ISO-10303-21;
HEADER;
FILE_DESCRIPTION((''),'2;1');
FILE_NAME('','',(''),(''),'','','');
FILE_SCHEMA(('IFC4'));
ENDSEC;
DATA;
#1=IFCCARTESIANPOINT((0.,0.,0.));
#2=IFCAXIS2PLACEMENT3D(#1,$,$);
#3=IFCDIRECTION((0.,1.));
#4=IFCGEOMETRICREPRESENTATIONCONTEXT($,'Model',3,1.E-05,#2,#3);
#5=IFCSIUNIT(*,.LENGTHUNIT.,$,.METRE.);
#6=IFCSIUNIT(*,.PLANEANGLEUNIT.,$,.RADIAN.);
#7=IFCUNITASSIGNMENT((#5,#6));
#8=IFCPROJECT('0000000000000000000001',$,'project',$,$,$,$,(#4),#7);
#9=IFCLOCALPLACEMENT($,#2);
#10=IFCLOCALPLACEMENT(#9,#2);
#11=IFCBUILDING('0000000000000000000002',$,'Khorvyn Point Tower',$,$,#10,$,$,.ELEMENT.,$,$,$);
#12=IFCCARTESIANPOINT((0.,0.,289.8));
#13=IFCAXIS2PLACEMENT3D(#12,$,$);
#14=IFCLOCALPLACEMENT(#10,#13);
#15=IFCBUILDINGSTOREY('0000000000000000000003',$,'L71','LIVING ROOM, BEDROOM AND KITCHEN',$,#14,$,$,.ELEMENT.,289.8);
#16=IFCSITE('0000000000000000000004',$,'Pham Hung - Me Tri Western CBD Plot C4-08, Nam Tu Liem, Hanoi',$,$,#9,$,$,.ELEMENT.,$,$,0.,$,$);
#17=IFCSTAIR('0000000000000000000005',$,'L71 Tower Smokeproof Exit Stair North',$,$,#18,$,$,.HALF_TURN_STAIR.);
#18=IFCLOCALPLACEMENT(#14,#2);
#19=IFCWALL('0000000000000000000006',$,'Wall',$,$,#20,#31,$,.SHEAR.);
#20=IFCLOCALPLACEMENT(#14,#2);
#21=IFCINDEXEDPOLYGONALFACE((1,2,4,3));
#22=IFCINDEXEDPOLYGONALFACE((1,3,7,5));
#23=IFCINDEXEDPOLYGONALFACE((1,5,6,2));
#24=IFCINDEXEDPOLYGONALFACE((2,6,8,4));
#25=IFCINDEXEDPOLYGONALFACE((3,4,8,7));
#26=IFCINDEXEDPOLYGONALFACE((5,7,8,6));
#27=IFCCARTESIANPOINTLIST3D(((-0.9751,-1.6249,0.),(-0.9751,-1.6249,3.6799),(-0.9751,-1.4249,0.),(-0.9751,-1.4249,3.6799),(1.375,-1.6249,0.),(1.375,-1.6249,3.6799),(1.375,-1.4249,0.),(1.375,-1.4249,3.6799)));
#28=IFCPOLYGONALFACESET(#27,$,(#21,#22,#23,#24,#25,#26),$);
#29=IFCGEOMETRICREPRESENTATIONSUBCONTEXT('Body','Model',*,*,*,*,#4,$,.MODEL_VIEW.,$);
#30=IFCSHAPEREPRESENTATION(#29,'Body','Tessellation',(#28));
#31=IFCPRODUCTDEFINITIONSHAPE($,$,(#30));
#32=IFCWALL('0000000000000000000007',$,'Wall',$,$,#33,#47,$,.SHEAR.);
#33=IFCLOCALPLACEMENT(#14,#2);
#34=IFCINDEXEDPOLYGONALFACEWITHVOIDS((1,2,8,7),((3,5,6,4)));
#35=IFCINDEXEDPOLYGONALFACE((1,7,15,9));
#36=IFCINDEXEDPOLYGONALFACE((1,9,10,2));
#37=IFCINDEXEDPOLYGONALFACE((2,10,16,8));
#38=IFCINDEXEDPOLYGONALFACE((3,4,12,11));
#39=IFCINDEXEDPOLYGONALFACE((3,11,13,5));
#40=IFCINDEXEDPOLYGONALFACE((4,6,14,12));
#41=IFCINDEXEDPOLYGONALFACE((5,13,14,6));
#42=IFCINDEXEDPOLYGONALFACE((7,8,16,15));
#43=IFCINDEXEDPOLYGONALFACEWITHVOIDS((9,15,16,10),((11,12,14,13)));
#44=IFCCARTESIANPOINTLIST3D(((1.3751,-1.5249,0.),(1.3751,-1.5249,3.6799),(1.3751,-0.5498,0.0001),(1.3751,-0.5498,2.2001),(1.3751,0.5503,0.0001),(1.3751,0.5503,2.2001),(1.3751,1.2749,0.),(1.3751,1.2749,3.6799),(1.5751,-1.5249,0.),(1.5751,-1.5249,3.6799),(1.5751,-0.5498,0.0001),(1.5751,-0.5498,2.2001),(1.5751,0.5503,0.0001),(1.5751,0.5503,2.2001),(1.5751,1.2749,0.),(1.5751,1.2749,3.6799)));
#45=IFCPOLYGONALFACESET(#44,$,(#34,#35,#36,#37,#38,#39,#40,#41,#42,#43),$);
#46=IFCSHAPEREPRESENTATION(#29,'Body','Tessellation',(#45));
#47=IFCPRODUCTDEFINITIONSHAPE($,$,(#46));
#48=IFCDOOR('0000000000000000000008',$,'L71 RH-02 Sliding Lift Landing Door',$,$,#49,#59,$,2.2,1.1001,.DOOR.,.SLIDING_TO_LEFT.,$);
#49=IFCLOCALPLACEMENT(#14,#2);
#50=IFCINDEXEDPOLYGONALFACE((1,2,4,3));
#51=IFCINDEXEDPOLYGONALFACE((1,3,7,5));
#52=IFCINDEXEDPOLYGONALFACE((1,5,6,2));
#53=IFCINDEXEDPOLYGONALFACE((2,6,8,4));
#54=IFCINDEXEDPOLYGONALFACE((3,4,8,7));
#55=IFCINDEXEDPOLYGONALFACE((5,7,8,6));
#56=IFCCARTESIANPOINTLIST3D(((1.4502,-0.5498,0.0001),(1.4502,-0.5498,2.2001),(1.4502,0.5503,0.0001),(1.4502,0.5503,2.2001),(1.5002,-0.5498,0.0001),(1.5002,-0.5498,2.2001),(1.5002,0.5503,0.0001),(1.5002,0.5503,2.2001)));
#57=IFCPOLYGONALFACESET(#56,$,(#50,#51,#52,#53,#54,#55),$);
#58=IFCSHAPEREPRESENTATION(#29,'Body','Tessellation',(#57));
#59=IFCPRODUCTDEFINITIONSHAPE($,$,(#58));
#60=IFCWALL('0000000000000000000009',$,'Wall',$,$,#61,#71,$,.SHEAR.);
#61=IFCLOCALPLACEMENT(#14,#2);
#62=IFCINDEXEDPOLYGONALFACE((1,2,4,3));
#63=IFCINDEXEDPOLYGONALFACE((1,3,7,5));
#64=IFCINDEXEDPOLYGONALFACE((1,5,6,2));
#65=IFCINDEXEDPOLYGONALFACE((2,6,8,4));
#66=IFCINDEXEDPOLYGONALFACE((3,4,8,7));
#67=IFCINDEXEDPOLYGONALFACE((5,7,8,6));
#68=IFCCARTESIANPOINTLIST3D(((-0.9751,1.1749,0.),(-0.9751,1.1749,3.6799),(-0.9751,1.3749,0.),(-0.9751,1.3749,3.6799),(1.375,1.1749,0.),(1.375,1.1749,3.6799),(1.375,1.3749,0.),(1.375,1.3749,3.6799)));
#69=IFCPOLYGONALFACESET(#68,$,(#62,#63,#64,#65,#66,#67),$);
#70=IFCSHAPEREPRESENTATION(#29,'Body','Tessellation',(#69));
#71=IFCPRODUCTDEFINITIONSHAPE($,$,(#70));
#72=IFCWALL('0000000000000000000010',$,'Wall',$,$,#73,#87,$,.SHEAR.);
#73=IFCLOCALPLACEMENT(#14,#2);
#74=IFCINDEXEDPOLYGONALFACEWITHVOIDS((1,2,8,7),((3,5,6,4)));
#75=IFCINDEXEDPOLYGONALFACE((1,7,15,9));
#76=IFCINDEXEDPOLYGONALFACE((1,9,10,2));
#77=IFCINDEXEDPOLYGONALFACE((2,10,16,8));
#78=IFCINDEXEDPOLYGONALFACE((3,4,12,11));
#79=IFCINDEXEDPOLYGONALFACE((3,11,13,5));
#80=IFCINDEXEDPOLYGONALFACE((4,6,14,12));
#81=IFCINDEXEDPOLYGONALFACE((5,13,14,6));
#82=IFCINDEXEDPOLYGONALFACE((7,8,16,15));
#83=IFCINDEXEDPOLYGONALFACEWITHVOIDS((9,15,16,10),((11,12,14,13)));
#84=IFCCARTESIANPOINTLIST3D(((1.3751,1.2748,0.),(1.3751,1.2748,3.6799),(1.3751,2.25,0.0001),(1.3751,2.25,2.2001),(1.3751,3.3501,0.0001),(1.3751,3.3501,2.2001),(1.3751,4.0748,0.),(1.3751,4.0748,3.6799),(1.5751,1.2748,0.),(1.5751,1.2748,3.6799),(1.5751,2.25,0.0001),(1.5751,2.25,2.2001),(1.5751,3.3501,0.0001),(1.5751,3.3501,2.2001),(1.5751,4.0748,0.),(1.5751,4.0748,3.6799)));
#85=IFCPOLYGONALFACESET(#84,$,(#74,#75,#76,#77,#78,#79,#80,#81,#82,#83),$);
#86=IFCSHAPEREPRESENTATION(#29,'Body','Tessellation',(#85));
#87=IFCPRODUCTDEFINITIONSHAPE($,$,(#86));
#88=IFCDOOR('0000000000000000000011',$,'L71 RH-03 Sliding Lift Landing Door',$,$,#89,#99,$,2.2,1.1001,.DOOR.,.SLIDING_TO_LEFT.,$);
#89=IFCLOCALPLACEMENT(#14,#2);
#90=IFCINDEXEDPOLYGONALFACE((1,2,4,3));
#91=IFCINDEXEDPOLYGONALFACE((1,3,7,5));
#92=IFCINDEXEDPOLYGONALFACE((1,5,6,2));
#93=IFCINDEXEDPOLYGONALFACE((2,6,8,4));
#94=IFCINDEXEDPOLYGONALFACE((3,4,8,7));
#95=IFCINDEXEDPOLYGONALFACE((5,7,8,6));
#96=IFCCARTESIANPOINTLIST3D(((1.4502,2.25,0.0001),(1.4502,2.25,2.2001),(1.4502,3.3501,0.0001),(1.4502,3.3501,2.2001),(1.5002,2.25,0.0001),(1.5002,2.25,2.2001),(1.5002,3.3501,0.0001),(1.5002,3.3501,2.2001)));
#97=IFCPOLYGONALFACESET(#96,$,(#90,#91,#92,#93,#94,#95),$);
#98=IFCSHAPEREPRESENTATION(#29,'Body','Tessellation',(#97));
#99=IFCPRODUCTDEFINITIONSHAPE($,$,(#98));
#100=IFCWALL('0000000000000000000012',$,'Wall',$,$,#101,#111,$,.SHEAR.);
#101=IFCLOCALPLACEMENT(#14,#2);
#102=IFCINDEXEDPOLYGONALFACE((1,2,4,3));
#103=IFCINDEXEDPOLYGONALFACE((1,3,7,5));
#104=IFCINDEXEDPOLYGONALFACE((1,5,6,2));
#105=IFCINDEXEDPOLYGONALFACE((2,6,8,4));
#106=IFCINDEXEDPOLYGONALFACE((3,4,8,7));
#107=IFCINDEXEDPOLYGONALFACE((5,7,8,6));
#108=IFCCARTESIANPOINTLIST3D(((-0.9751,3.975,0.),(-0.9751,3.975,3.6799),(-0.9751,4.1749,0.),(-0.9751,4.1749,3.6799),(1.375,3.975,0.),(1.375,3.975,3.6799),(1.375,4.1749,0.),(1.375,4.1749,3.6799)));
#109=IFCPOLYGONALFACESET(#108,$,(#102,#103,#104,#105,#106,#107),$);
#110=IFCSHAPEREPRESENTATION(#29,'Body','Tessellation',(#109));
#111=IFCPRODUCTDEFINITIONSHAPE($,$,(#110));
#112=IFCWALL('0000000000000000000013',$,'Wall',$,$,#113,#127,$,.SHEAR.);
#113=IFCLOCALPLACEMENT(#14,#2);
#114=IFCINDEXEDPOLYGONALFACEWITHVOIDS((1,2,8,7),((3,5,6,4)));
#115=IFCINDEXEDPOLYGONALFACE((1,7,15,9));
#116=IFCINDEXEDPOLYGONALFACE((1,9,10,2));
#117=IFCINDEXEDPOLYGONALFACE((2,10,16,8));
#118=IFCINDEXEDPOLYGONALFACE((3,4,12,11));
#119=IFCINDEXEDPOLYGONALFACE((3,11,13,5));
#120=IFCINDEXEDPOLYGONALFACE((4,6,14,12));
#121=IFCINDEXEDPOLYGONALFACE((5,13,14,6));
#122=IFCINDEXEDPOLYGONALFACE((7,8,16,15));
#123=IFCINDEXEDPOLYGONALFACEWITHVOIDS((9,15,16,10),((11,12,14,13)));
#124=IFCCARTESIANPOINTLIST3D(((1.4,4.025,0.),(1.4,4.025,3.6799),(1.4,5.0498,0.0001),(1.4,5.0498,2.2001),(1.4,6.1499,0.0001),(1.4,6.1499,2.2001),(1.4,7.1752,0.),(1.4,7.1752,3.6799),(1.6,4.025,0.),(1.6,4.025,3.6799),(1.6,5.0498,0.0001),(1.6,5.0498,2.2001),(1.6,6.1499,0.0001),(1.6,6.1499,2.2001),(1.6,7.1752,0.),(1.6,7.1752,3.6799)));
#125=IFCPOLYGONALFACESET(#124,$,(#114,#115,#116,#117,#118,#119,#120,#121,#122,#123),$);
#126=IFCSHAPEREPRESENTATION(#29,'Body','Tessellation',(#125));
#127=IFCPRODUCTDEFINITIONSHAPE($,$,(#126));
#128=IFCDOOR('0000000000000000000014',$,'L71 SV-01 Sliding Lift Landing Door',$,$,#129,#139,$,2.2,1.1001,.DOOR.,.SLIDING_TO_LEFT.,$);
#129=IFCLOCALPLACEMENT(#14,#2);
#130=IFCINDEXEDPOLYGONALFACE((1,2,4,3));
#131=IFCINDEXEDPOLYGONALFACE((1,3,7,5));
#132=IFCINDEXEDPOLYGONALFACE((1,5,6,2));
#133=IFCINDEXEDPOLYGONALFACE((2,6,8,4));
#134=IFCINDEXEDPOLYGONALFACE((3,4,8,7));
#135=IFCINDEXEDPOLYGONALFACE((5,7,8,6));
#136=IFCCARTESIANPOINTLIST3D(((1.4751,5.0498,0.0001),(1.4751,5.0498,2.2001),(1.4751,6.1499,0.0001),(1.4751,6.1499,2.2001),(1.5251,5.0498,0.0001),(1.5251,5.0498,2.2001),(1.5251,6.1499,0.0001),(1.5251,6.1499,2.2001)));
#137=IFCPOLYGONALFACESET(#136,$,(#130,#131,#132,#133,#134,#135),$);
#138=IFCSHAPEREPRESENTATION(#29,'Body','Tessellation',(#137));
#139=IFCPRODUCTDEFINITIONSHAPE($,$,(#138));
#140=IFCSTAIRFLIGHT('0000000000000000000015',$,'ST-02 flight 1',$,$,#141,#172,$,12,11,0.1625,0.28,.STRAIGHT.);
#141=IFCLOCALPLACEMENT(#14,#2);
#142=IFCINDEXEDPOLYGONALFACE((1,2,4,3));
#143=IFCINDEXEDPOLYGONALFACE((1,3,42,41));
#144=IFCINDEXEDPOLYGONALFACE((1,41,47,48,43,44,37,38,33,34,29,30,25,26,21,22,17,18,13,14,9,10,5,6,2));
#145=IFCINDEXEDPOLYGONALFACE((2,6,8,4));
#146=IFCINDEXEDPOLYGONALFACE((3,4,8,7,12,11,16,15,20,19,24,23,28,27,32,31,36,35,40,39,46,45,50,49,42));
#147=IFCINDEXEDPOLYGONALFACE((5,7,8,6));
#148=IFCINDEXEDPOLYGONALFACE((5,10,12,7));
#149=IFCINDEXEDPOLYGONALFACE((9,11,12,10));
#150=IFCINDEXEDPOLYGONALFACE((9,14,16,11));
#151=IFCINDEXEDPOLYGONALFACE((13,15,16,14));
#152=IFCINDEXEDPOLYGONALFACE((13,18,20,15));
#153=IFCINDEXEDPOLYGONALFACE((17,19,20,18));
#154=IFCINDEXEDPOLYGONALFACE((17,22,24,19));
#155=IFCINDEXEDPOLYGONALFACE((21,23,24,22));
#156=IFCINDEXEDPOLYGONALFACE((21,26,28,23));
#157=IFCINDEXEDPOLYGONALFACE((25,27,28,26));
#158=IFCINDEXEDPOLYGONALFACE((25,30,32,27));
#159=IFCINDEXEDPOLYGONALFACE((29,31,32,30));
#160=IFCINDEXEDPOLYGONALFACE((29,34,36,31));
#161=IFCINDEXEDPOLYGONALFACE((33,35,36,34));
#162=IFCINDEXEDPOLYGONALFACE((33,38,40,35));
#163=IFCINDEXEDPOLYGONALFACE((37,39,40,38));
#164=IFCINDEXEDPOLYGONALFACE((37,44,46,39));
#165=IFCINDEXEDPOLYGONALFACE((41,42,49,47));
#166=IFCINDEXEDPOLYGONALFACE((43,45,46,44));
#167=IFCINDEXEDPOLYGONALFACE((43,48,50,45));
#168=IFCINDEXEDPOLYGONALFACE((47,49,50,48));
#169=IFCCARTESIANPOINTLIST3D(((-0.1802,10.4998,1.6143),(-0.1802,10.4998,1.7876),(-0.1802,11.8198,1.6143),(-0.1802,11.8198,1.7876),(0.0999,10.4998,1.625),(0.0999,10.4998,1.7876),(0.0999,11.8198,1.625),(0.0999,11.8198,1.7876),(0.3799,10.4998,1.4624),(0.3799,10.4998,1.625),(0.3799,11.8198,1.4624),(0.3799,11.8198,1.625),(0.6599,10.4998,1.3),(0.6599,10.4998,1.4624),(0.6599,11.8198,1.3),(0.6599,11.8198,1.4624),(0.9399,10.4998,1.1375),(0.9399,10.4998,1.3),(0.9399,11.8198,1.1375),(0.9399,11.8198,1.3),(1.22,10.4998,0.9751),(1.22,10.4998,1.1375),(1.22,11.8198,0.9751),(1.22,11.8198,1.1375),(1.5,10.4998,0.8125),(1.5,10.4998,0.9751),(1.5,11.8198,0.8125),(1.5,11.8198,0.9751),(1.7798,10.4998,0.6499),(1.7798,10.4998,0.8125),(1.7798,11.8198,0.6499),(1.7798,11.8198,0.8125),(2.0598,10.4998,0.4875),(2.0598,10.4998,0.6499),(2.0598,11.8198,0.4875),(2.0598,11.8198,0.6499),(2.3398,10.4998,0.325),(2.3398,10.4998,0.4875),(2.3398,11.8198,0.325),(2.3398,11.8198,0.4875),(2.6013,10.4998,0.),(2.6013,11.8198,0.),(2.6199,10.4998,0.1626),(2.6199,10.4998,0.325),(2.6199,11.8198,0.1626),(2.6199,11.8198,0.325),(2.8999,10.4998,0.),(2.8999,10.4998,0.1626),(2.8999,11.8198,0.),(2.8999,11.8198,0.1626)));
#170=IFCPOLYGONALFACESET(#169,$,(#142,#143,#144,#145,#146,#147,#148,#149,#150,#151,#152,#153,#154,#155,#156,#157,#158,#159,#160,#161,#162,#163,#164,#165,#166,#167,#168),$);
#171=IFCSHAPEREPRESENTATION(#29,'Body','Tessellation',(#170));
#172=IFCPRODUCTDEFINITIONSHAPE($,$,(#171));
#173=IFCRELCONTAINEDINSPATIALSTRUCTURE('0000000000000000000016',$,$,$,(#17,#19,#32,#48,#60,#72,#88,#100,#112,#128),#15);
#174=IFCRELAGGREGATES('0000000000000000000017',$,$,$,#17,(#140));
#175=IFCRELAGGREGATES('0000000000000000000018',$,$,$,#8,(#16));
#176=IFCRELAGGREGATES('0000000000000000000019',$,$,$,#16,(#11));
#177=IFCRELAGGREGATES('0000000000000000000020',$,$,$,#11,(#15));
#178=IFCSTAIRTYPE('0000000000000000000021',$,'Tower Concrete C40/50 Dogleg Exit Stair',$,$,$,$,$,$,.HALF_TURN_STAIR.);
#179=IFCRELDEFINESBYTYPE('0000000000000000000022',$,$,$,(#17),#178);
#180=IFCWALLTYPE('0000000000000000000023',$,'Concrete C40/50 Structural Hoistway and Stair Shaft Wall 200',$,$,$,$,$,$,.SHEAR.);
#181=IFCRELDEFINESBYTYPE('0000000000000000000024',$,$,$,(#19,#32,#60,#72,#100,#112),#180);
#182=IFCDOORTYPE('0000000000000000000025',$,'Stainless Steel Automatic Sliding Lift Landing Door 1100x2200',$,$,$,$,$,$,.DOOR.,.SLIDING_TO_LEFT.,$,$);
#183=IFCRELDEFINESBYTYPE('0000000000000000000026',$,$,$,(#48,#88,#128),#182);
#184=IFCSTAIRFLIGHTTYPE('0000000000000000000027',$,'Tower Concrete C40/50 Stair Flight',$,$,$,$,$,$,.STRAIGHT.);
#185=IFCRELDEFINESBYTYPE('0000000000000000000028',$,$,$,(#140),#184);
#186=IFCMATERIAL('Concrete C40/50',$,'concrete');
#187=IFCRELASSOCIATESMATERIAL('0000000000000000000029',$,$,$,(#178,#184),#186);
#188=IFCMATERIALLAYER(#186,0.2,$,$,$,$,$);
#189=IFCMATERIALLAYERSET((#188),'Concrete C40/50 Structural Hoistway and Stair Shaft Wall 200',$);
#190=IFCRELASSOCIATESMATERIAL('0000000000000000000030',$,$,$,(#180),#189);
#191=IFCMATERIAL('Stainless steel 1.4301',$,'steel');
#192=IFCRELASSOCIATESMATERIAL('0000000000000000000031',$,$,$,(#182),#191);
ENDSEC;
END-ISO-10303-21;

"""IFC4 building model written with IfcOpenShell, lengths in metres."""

from ifc_helpers import new_model, si_unit, direction, frame, frame_2d, origin, place, context, subcontext, project, spatial, polyline, rectangle, outline, extrude, material, layer, layer_set, type_object, element, fill, aggregate, save


model = new_model("IFC4")

# Units and contexts
model_context = context("Model", 3, precision=1e-05, world=origin(), true_north=direction((0.0, 1.0)))
body_context = subcontext(model_context, "Body", "Model", "MODEL_VIEW")
ifc_project = project(units=[si_unit("LENGTHUNIT", "METRE"), si_unit("PLANEANGLEUNIT", "RADIAN")], contexts=[model_context])

# Site, building, storey
site_placement = place(None, origin())
site = spatial("IfcSite", under=ifc_project, at=site_placement, Name="Pham Hung - Me Tri Western CBD Plot C4-08, Nam Tu Liem, Hanoi", CompositionType="ELEMENT", RefElevation=0.0)
building_placement = place(site_placement, origin())
building = spatial("IfcBuilding", under=site, at=building_placement, Name="Khorvyn Point Tower", CompositionType="ELEMENT")
storey_placement = place(building_placement, frame((0.0, 0.0, 289.8)))
storey = spatial("IfcBuildingStorey", under=building, at=storey_placement, Name="L71", Description="LIVING ROOM, BEDROOM AND KITCHEN", CompositionType="ELEMENT", Elevation=289.8)

# Shared definitions
ifc_material_1 = material(Name="Concrete C40/50", Category="concrete")

# Stair
stair_type = type_object("IfcStairType", Name="Tower Concrete C40/50 Dogleg Exit Stair", PredefinedType="HALF_TURN_STAIR", material=ifc_material_1)
stair_1_placement = place(storey_placement, origin())
stair_1 = element("IfcStair", 1, at=stair_1_placement, inside=storey, type_object=stair_type, Name="L71 Tower Smokeproof Exit Stair North", PredefinedType="HALF_TURN_STAIR")

# Wall
ifc_layer_1 = layer(ifc_material_1, 0.2)
ifc_layer_set_1 = layer_set([ifc_layer_1], Name="Concrete C40/50 Structural Hoistway and Stair Shaft Wall 200")
wall_type_1 = type_object("IfcWallType", Name="Concrete C40/50 Structural Hoistway and Stair Shaft Wall 200", PredefinedType="SHEAR", material=ifc_layer_set_1)
wall_1_placement = place(storey_placement, frame((-0.9751, -1.5249, 0.0), z_axis=(0.0, 0.0, 1.0), x_axis=(1.0, 0.0, 0.0)))
element("IfcWall", 2, at=wall_1_placement, inside=storey, type_object=wall_type_1, Name="Wall", PredefinedType="SHEAR", context=body_context, shape_type="SweptSolid", body=[
    extrude(rectangle(XDim=2.3501, YDim=0.2, at=frame_2d((1.175, 0.0))), origin(), (0.0, 0.0, 1.0), 3.6799),
])

# Wall, opening, door
wall_2_placement = place(storey_placement, frame((1.4751, -1.5249, 0.0), z_axis=(0.0, 0.0, 1.0), x_axis=(0.0, 1.0, 0.0)))
wall_2 = element("IfcWall", 3, at=wall_2_placement, inside=storey, type_object=wall_type_1, Name="Wall", PredefinedType="SHEAR", context=body_context, shape_type="SweptSolid", body=[
    extrude(rectangle(XDim=2.7998, YDim=0.2, at=frame_2d((1.3999, 0.0))), origin(), (0.0, 0.0, 1.0), 3.6799),
])
opening_1_placement = place(wall_2_placement, frame((0.9751, 0.0, 0.0)))
opening_1 = element("IfcOpeningElement", 4, at=opening_1_placement, cuts=wall_2, PredefinedType="OPENING", context=body_context, shape_type="SweptSolid", body=[
    extrude(rectangle(XDim=1.1001, YDim=2.2, at=frame_2d((0.55, 1.1001))), frame((0.0, 0.1099, 0.0), z_axis=(0.0, -1.0, 0.0), x_axis=(1.0, 0.0, 0.0)), (0.0, 0.0, 1.0), 0.22),
])
ifc_material_2 = material(Name="Stainless steel 1.4301", Category="steel")
door_type = type_object("IfcDoorType", Name="Stainless Steel Automatic Sliding Lift Landing Door 1100x2200", OperationType="SLIDING_TO_LEFT", PredefinedType="DOOR", material=ifc_material_2)
door_1_placement = place(opening_1_placement, origin())
door_1 = element("IfcDoor", 5, at=door_1_placement, inside=storey, type_object=door_type, Name="L71 RH-02 Sliding Lift Landing Door", OperationType="SLIDING_TO_LEFT", OverallHeight=2.2, OverallWidth=1.1001, PredefinedType="DOOR", context=body_context, shape_type="SweptSolid", body=[
    extrude(rectangle(XDim=1.1001, YDim=2.2, at=frame_2d((0.55, 1.1001))), frame((0.0, 0.0249, 0.0), z_axis=(0.0, -1.0, 0.0), x_axis=(1.0, 0.0, 0.0)), (0.0, 0.0, 1.0), 0.05),
])
fill(opening_1, door_1)

# Wall
wall_3_placement = place(storey_placement, frame((-0.9751, 1.2749, 0.0), z_axis=(0.0, 0.0, 1.0), x_axis=(1.0, 0.0, 0.0)))
element("IfcWall", 6, at=wall_3_placement, inside=storey, type_object=wall_type_1, Name="Wall", PredefinedType="SHEAR", context=body_context, shape_type="SweptSolid", body=[
    extrude(rectangle(XDim=2.3501, YDim=0.2, at=frame_2d((1.175, 0.0))), origin(), (0.0, 0.0, 1.0), 3.6799),
])

# Wall, opening, door
wall_4_placement = place(storey_placement, frame((1.4751, 1.2749, 0.0), z_axis=(0.0, 0.0, 1.0), x_axis=(0.0, 1.0, 0.0)))
wall_4 = element("IfcWall", 7, at=wall_4_placement, inside=storey, type_object=wall_type_1, Name="Wall", PredefinedType="SHEAR", context=body_context, shape_type="SweptSolid", body=[
    extrude(rectangle(XDim=2.8, YDim=0.2, at=frame_2d((1.3999, 0.0))), origin(), (0.0, 0.0, 1.0), 3.6799),
])
opening_2_placement = place(wall_4_placement, frame((0.9751, 0.0, 0.0)))
opening_2 = element("IfcOpeningElement", 8, at=opening_2_placement, cuts=wall_4, PredefinedType="OPENING", context=body_context, shape_type="SweptSolid", body=[
    extrude(rectangle(XDim=1.1001, YDim=2.2, at=frame_2d((0.55, 1.1001))), frame((0.0, 0.1099, 0.0), z_axis=(0.0, -1.0, 0.0), x_axis=(1.0, 0.0, 0.0)), (0.0, 0.0, 1.0), 0.22),
])
door_2_placement = place(opening_2_placement, origin())
door_2 = element("IfcDoor", 9, at=door_2_placement, inside=storey, type_object=door_type, Name="L71 RH-03 Sliding Lift Landing Door", OperationType="SLIDING_TO_LEFT", OverallHeight=2.2, OverallWidth=1.1001, PredefinedType="DOOR", context=body_context, shape_type="SweptSolid", body=[
    extrude(rectangle(XDim=1.1001, YDim=2.2, at=frame_2d((0.55, 1.1001))), frame((0.0, 0.0249, 0.0), z_axis=(0.0, -1.0, 0.0), x_axis=(1.0, 0.0, 0.0)), (0.0, 0.0, 1.0), 0.05),
])
fill(opening_2, door_2)

# Wall
wall_5_placement = place(storey_placement, frame((-0.9751, 4.075, 0.0), z_axis=(0.0, 0.0, 1.0), x_axis=(1.0, 0.0, 0.0)))
element("IfcWall", 10, at=wall_5_placement, inside=storey, type_object=wall_type_1, Name="Wall", PredefinedType="SHEAR", context=body_context, shape_type="SweptSolid", body=[
    extrude(rectangle(XDim=2.3501, YDim=0.2, at=frame_2d((1.175, 0.0))), origin(), (0.0, 0.0, 1.0), 3.6799),
])

# Wall, opening, door
wall_6_placement = place(storey_placement, frame((1.5, 4.0249, 0.0), z_axis=(0.0, 0.0, 1.0), x_axis=(0.0, 1.0, 0.0)))
wall_6 = element("IfcWall", 11, at=wall_6_placement, inside=storey, type_object=wall_type_1, Name="Wall", PredefinedType="SHEAR", context=body_context, shape_type="SweptSolid", body=[
    extrude(rectangle(XDim=3.1501, YDim=0.2, at=frame_2d((1.5752, 0.0))), origin(), (0.0, 0.0, 1.0), 3.6799),
])
opening_3_placement = place(wall_6_placement, frame((1.0249, 0.0, 0.0)))
opening_3 = element("IfcOpeningElement", 12, at=opening_3_placement, cuts=wall_6, PredefinedType="OPENING", context=body_context, shape_type="SweptSolid", body=[
    extrude(rectangle(XDim=1.1001, YDim=2.2, at=frame_2d((0.55, 1.1001))), frame((0.0, 0.1099, 0.0), z_axis=(0.0, -1.0, 0.0), x_axis=(1.0, 0.0, 0.0)), (0.0, 0.0, 1.0), 0.22),
])
door_3_placement = place(opening_3_placement, origin())
door_3 = element("IfcDoor", 13, at=door_3_placement, inside=storey, type_object=door_type, Name="L71 SV-01 Sliding Lift Landing Door", OperationType="SLIDING_TO_LEFT", OverallHeight=2.2, OverallWidth=1.1001, PredefinedType="DOOR", context=body_context, shape_type="SweptSolid", body=[
    extrude(rectangle(XDim=1.1001, YDim=2.2, at=frame_2d((0.55, 1.1001))), frame((0.0, 0.0249, 0.0), z_axis=(0.0, -1.0, 0.0), x_axis=(1.0, 0.0, 0.0)), (0.0, 0.0, 1.0), 0.05),
])
fill(opening_3, door_3)

# Stair flight
stair_flight_type = type_object("IfcStairFlightType", Name="Tower Concrete C40/50 Stair Flight", PredefinedType="STRAIGHT", material=ifc_material_1)
stair_flight_1_placement = place(storey_placement, frame((2.8999, 11.1599, 0.0), z_axis=(0.0, 0.0, 1.0), x_axis=(-1.0, 0.0, 0.0)))
stair_flight_1 = element("IfcStairFlight", 14, at=stair_flight_1_placement, type_object=stair_flight_type, Name="ST-02 flight 1", NumberOfRisers=12, NumberOfTreads=11, PredefinedType="STRAIGHT", RiserHeight=0.1625, TreadLength=0.28, context=body_context, shape_type="SweptSolid", body=[
    extrude(outline(polyline([(0.0, 0.0), (0.0, 0.1626), (0.28, 0.1626), (0.28, 0.325), (0.5601, 0.325), (0.5601, 0.4875), (0.8401, 0.4875), (0.8401, 0.6499), (1.1201, 0.6499), (1.1201, 0.8125), (1.3999, 0.8125), (1.3999, 0.9751), (1.6799, 0.9751), (1.6799, 1.1375), (1.96, 1.1375), (1.96, 1.3), (2.24, 1.3), (2.24, 1.4624), (2.52, 1.4624), (2.52, 1.625), (2.8, 1.625), (2.8, 1.7876), (3.0801, 1.7876), (3.0801, 1.95), (3.0801, 1.6143), (0.2986, 0.0), (0.0, 0.0)])), frame((0.0, 0.6602, 0.0), z_axis=(0.0, -1.0, 0.0), x_axis=(1.0, 0.0, 0.0)), (0.0, 0.0, 1.0), 1.3201),
])
aggregate(stair_1, [stair_flight_1])

save(model, "model.ifc")
